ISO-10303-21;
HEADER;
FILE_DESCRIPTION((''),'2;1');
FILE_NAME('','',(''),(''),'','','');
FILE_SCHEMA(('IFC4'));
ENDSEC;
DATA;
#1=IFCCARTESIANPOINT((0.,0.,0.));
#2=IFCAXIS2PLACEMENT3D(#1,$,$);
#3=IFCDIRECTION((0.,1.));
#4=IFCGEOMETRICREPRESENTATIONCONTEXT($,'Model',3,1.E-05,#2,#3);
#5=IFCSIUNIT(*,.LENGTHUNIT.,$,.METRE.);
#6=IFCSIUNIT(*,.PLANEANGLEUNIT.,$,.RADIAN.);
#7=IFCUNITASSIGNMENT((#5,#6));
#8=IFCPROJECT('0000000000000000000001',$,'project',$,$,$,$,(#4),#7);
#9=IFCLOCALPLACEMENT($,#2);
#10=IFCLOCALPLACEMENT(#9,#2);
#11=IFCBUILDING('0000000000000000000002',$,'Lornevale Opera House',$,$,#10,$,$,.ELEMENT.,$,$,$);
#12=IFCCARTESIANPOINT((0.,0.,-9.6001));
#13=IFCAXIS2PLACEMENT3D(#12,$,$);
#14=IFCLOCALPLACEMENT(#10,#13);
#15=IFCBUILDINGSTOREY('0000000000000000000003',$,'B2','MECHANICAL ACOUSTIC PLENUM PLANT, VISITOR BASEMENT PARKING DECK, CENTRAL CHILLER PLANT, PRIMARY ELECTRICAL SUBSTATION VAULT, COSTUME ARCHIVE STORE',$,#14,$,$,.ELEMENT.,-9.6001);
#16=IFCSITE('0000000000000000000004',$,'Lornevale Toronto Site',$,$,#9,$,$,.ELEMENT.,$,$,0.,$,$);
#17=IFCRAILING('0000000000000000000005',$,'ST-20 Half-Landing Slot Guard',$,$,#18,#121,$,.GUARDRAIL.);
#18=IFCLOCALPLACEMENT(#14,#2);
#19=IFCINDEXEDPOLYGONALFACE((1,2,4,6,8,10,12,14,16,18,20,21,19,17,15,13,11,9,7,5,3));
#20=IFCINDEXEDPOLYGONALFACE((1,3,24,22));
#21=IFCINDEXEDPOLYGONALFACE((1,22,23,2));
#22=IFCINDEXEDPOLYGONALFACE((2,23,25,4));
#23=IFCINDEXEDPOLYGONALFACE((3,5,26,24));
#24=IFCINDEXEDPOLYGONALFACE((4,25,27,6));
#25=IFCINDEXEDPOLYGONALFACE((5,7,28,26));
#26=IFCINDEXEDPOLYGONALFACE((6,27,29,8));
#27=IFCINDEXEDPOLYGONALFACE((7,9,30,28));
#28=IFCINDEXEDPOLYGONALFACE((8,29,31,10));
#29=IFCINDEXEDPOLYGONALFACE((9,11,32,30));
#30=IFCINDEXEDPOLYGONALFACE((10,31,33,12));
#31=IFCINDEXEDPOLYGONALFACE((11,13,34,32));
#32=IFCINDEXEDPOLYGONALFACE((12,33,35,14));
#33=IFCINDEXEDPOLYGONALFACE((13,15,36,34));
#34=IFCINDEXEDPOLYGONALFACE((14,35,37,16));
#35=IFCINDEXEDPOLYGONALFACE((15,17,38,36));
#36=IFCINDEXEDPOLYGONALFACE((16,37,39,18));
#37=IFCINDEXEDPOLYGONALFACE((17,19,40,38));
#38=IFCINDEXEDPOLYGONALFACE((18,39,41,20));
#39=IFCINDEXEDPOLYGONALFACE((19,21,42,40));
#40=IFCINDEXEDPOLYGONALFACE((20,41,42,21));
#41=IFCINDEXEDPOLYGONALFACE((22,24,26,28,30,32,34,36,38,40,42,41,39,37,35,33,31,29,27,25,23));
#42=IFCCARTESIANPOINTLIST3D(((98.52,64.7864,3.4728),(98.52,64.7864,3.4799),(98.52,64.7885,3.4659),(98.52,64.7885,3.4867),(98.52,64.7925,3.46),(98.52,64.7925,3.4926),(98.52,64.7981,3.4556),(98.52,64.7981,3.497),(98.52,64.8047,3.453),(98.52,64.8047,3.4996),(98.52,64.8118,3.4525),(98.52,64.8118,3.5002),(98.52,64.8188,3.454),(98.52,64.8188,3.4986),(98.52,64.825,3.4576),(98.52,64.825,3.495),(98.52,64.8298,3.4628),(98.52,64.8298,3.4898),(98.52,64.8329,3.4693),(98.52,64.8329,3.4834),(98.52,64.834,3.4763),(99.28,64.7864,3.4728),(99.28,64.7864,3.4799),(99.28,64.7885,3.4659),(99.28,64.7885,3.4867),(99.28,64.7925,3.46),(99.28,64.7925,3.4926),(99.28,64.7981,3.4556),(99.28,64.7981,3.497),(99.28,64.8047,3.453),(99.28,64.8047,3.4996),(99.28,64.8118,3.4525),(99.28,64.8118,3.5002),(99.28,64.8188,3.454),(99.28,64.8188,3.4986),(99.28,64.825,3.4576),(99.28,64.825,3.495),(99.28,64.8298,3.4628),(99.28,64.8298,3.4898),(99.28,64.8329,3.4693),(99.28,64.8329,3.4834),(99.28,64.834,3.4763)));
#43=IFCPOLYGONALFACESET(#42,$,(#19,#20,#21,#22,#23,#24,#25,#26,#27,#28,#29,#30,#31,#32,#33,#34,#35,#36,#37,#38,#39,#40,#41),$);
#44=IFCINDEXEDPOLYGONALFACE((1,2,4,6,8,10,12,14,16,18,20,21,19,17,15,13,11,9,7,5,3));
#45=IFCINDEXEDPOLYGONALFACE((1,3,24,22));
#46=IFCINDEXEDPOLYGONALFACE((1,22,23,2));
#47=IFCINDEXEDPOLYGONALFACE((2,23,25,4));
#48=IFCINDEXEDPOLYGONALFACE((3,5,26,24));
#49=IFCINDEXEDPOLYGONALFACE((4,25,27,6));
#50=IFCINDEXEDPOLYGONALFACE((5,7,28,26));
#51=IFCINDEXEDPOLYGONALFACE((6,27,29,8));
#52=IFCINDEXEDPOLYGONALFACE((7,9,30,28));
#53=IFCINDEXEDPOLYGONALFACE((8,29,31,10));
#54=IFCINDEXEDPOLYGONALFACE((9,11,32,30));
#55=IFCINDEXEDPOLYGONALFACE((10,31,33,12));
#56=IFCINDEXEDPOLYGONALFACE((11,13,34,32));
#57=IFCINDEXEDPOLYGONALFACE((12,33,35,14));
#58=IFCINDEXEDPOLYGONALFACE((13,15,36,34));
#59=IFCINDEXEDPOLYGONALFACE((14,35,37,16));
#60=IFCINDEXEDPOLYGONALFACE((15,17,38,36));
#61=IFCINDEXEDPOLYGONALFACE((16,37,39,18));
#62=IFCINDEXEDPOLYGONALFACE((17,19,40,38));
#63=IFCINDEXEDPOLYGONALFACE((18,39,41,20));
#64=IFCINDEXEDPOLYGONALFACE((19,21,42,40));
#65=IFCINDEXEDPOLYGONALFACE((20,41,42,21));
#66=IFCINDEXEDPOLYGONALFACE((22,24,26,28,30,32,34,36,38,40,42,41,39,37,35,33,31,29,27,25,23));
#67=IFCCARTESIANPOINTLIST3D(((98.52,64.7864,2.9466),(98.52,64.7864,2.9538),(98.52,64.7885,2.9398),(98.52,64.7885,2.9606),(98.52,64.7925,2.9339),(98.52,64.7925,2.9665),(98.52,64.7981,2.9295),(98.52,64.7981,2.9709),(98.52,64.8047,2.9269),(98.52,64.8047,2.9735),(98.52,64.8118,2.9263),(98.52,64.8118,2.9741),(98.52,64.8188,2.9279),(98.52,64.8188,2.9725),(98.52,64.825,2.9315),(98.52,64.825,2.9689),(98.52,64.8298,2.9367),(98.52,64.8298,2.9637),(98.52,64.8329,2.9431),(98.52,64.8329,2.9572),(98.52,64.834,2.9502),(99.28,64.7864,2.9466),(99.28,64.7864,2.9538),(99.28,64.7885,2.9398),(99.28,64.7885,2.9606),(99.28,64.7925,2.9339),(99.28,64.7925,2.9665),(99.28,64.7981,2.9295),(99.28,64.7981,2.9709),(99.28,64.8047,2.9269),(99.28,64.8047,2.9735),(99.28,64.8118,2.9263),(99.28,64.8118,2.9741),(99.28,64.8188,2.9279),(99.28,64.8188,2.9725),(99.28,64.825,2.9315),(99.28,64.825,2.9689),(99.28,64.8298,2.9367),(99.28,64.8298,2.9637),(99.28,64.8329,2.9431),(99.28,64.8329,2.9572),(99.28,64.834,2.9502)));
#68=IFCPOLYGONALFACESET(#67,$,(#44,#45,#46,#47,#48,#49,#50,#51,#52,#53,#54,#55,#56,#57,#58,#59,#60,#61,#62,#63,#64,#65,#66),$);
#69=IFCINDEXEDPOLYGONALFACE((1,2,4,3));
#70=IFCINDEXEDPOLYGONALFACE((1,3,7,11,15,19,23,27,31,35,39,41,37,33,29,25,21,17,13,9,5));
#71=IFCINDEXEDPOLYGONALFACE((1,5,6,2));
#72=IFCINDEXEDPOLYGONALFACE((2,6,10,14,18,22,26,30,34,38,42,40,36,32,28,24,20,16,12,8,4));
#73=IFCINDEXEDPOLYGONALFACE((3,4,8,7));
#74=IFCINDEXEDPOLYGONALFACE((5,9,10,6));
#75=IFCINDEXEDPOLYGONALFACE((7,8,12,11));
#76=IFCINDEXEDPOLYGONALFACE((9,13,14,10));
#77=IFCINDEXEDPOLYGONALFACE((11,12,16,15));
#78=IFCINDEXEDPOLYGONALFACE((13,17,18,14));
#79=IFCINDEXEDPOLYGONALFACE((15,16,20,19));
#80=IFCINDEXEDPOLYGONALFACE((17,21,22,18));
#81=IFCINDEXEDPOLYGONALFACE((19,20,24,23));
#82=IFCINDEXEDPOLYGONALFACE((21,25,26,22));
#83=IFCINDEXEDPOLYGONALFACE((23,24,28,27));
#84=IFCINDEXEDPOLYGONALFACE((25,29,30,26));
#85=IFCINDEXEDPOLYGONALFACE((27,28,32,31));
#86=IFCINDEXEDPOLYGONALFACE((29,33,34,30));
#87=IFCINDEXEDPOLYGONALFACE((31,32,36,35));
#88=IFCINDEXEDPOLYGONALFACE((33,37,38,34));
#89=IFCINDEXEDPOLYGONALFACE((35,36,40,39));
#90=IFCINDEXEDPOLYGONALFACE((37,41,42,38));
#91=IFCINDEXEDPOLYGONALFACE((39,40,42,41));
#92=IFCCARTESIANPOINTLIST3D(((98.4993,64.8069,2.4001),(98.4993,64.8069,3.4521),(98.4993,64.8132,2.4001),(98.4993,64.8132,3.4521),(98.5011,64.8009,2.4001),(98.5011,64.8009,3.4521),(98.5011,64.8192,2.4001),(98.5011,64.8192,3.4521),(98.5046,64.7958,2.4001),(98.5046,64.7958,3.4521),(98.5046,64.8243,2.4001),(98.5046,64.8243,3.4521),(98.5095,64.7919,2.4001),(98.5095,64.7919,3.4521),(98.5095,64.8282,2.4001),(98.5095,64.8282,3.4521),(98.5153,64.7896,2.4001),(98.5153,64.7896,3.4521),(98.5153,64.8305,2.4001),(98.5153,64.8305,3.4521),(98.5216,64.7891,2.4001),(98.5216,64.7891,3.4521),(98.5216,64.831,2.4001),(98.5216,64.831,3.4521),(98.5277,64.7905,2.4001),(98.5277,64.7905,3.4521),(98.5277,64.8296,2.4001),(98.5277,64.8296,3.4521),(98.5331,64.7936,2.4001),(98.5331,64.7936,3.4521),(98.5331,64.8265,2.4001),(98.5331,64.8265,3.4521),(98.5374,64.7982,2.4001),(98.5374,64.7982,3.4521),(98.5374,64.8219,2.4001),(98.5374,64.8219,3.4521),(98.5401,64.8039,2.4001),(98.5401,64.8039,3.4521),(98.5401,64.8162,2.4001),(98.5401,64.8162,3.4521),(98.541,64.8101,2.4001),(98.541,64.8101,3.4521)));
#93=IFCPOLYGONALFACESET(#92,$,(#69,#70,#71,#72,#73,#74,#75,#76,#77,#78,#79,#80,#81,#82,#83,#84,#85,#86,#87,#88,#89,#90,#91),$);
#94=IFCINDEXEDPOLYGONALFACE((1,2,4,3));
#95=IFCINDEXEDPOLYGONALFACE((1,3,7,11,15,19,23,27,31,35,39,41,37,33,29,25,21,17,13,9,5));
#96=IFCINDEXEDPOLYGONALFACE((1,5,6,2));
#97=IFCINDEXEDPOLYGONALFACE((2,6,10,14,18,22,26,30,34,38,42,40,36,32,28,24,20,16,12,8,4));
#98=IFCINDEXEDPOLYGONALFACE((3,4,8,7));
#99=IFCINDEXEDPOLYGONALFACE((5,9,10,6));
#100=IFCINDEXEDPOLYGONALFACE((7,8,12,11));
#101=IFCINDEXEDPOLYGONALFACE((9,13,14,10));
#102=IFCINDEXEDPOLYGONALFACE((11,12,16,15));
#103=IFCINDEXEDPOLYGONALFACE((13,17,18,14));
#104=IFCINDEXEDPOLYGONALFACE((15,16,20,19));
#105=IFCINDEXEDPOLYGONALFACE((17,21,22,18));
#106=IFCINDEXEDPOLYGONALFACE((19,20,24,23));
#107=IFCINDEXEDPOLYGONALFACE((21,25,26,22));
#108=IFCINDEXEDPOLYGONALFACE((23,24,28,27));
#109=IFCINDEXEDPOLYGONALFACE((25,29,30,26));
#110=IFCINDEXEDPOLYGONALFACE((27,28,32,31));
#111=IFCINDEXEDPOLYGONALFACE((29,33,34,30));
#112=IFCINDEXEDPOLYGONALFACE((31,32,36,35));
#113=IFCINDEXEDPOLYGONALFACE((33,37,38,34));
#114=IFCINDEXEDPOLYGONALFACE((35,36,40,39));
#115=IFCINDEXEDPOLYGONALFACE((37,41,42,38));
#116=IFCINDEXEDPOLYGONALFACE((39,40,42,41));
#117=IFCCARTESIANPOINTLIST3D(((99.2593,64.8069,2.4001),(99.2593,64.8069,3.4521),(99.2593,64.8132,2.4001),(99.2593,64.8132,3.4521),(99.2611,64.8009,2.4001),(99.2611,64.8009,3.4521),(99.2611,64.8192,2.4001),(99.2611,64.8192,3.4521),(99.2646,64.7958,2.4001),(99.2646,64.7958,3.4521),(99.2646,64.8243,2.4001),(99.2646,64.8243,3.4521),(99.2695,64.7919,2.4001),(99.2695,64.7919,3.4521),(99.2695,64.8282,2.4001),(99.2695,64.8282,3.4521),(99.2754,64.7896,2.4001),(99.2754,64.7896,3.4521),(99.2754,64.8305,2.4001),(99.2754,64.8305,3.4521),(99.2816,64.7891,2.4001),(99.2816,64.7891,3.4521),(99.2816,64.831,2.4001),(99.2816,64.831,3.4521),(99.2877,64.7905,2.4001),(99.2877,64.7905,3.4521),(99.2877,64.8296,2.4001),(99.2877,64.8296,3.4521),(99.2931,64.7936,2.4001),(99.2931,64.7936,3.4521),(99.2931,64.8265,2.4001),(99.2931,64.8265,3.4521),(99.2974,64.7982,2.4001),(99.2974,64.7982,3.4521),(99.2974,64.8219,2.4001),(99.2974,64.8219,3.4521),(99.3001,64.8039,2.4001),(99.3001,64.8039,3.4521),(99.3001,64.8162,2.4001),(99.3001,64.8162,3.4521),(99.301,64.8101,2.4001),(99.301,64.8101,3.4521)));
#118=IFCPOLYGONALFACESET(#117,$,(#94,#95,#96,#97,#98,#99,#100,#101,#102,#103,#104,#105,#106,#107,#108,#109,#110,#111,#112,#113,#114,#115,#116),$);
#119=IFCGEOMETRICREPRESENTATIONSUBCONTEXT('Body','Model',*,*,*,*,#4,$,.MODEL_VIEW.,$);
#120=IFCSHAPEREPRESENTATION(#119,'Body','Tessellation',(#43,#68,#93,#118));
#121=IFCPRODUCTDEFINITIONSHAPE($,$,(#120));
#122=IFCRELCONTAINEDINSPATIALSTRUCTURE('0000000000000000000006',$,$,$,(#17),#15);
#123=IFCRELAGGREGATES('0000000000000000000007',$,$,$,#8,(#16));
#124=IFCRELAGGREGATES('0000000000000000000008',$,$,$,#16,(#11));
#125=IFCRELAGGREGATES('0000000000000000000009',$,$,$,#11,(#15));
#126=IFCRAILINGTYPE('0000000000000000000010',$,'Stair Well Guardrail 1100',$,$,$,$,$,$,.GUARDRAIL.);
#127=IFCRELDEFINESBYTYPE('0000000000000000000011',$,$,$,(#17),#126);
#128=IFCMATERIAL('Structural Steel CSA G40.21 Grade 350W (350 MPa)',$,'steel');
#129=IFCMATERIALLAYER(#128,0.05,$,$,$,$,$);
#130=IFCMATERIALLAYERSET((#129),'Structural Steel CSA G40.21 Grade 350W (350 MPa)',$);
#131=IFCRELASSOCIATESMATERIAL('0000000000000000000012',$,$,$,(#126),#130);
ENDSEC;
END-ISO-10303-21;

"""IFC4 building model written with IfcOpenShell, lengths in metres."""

from ifc_helpers import new_model, si_unit, direction, frame, origin, origin_2d, place, context, subcontext, project, spatial, circle, extrude, material, layer, layer_set, type_object, element, save


model = new_model("IFC4")

# Units and contexts
model_context = context("Model", 3, precision=1e-05, world=origin(), true_north=direction((0.0, 1.0)))
body_context = subcontext(model_context, "Body", "Model", "MODEL_VIEW")
ifc_project = project(units=[si_unit("LENGTHUNIT", "METRE"), si_unit("PLANEANGLEUNIT", "RADIAN")], contexts=[model_context])

# Site, building, storey
site_placement = place(None, origin())
site = spatial("IfcSite", under=ifc_project, at=site_placement, Name="Lornevale Toronto Site", CompositionType="ELEMENT", RefElevation=0.0)
building_placement = place(site_placement, origin())
building = spatial("IfcBuilding", under=site, at=building_placement, Name="Lornevale Opera House", CompositionType="ELEMENT")
storey_placement = place(building_placement, frame((0.0, 0.0, -9.6001)))
storey = spatial("IfcBuildingStorey", under=building, at=storey_placement, Name="B2", Description="MECHANICAL ACOUSTIC PLENUM PLANT, VISITOR BASEMENT PARKING DECK, CENTRAL CHILLER PLANT, PRIMARY ELECTRICAL SUBSTATION VAULT, COSTUME ARCHIVE STORE", CompositionType="ELEMENT", Elevation=-9.6001)

# Railing
ifc_material_1 = material(Name="Structural Steel CSA G40.21 Grade 350W (350 MPa)", Category="steel")
ifc_layer_1 = layer(ifc_material_1, 0.05)
ifc_layer_set_1 = layer_set([ifc_layer_1], Name="Structural Steel CSA G40.21 Grade 350W (350 MPa)")
railing_type_1 = type_object("IfcRailingType", Name="Stair Well Guardrail 1100", PredefinedType="GUARDRAIL", material=ifc_layer_set_1)
railing_1_placement = place(storey_placement, frame((98.52, 64.8101, 2.4001)))
element("IfcRailing", 1, at=railing_1_placement, inside=storey, type_object=railing_type_1, Name="ST-20 Half-Landing Slot Guard", PredefinedType="GUARDRAIL", context=body_context, shape_type="SweptSolid", body=[
    extrude(circle(Radius=0.0239, at=origin_2d()), frame((0.0, 0.0, 1.0762), z_axis=(1.0, 0.0, 0.0), x_axis=(0.0, 1.0, 0.0)), (0.0, 0.0, 1.0), 0.76),
    extrude(circle(Radius=0.0239, at=origin_2d()), frame((0.0, 0.0, 0.55), z_axis=(1.0, 0.0, 0.0), x_axis=(0.0, 1.0, 0.0)), (0.0, 0.0, 1.0), 0.76),
    extrude(circle(Radius=0.021, at=origin_2d()), origin(), (0.0, 0.0, 1.0), 1.052),
    extrude(circle(Radius=0.021, at=origin_2d()), frame((0.76, 0.0, 0.0)), (0.0, 0.0, 1.0), 1.052),
])

save(model, "model.ifc")
